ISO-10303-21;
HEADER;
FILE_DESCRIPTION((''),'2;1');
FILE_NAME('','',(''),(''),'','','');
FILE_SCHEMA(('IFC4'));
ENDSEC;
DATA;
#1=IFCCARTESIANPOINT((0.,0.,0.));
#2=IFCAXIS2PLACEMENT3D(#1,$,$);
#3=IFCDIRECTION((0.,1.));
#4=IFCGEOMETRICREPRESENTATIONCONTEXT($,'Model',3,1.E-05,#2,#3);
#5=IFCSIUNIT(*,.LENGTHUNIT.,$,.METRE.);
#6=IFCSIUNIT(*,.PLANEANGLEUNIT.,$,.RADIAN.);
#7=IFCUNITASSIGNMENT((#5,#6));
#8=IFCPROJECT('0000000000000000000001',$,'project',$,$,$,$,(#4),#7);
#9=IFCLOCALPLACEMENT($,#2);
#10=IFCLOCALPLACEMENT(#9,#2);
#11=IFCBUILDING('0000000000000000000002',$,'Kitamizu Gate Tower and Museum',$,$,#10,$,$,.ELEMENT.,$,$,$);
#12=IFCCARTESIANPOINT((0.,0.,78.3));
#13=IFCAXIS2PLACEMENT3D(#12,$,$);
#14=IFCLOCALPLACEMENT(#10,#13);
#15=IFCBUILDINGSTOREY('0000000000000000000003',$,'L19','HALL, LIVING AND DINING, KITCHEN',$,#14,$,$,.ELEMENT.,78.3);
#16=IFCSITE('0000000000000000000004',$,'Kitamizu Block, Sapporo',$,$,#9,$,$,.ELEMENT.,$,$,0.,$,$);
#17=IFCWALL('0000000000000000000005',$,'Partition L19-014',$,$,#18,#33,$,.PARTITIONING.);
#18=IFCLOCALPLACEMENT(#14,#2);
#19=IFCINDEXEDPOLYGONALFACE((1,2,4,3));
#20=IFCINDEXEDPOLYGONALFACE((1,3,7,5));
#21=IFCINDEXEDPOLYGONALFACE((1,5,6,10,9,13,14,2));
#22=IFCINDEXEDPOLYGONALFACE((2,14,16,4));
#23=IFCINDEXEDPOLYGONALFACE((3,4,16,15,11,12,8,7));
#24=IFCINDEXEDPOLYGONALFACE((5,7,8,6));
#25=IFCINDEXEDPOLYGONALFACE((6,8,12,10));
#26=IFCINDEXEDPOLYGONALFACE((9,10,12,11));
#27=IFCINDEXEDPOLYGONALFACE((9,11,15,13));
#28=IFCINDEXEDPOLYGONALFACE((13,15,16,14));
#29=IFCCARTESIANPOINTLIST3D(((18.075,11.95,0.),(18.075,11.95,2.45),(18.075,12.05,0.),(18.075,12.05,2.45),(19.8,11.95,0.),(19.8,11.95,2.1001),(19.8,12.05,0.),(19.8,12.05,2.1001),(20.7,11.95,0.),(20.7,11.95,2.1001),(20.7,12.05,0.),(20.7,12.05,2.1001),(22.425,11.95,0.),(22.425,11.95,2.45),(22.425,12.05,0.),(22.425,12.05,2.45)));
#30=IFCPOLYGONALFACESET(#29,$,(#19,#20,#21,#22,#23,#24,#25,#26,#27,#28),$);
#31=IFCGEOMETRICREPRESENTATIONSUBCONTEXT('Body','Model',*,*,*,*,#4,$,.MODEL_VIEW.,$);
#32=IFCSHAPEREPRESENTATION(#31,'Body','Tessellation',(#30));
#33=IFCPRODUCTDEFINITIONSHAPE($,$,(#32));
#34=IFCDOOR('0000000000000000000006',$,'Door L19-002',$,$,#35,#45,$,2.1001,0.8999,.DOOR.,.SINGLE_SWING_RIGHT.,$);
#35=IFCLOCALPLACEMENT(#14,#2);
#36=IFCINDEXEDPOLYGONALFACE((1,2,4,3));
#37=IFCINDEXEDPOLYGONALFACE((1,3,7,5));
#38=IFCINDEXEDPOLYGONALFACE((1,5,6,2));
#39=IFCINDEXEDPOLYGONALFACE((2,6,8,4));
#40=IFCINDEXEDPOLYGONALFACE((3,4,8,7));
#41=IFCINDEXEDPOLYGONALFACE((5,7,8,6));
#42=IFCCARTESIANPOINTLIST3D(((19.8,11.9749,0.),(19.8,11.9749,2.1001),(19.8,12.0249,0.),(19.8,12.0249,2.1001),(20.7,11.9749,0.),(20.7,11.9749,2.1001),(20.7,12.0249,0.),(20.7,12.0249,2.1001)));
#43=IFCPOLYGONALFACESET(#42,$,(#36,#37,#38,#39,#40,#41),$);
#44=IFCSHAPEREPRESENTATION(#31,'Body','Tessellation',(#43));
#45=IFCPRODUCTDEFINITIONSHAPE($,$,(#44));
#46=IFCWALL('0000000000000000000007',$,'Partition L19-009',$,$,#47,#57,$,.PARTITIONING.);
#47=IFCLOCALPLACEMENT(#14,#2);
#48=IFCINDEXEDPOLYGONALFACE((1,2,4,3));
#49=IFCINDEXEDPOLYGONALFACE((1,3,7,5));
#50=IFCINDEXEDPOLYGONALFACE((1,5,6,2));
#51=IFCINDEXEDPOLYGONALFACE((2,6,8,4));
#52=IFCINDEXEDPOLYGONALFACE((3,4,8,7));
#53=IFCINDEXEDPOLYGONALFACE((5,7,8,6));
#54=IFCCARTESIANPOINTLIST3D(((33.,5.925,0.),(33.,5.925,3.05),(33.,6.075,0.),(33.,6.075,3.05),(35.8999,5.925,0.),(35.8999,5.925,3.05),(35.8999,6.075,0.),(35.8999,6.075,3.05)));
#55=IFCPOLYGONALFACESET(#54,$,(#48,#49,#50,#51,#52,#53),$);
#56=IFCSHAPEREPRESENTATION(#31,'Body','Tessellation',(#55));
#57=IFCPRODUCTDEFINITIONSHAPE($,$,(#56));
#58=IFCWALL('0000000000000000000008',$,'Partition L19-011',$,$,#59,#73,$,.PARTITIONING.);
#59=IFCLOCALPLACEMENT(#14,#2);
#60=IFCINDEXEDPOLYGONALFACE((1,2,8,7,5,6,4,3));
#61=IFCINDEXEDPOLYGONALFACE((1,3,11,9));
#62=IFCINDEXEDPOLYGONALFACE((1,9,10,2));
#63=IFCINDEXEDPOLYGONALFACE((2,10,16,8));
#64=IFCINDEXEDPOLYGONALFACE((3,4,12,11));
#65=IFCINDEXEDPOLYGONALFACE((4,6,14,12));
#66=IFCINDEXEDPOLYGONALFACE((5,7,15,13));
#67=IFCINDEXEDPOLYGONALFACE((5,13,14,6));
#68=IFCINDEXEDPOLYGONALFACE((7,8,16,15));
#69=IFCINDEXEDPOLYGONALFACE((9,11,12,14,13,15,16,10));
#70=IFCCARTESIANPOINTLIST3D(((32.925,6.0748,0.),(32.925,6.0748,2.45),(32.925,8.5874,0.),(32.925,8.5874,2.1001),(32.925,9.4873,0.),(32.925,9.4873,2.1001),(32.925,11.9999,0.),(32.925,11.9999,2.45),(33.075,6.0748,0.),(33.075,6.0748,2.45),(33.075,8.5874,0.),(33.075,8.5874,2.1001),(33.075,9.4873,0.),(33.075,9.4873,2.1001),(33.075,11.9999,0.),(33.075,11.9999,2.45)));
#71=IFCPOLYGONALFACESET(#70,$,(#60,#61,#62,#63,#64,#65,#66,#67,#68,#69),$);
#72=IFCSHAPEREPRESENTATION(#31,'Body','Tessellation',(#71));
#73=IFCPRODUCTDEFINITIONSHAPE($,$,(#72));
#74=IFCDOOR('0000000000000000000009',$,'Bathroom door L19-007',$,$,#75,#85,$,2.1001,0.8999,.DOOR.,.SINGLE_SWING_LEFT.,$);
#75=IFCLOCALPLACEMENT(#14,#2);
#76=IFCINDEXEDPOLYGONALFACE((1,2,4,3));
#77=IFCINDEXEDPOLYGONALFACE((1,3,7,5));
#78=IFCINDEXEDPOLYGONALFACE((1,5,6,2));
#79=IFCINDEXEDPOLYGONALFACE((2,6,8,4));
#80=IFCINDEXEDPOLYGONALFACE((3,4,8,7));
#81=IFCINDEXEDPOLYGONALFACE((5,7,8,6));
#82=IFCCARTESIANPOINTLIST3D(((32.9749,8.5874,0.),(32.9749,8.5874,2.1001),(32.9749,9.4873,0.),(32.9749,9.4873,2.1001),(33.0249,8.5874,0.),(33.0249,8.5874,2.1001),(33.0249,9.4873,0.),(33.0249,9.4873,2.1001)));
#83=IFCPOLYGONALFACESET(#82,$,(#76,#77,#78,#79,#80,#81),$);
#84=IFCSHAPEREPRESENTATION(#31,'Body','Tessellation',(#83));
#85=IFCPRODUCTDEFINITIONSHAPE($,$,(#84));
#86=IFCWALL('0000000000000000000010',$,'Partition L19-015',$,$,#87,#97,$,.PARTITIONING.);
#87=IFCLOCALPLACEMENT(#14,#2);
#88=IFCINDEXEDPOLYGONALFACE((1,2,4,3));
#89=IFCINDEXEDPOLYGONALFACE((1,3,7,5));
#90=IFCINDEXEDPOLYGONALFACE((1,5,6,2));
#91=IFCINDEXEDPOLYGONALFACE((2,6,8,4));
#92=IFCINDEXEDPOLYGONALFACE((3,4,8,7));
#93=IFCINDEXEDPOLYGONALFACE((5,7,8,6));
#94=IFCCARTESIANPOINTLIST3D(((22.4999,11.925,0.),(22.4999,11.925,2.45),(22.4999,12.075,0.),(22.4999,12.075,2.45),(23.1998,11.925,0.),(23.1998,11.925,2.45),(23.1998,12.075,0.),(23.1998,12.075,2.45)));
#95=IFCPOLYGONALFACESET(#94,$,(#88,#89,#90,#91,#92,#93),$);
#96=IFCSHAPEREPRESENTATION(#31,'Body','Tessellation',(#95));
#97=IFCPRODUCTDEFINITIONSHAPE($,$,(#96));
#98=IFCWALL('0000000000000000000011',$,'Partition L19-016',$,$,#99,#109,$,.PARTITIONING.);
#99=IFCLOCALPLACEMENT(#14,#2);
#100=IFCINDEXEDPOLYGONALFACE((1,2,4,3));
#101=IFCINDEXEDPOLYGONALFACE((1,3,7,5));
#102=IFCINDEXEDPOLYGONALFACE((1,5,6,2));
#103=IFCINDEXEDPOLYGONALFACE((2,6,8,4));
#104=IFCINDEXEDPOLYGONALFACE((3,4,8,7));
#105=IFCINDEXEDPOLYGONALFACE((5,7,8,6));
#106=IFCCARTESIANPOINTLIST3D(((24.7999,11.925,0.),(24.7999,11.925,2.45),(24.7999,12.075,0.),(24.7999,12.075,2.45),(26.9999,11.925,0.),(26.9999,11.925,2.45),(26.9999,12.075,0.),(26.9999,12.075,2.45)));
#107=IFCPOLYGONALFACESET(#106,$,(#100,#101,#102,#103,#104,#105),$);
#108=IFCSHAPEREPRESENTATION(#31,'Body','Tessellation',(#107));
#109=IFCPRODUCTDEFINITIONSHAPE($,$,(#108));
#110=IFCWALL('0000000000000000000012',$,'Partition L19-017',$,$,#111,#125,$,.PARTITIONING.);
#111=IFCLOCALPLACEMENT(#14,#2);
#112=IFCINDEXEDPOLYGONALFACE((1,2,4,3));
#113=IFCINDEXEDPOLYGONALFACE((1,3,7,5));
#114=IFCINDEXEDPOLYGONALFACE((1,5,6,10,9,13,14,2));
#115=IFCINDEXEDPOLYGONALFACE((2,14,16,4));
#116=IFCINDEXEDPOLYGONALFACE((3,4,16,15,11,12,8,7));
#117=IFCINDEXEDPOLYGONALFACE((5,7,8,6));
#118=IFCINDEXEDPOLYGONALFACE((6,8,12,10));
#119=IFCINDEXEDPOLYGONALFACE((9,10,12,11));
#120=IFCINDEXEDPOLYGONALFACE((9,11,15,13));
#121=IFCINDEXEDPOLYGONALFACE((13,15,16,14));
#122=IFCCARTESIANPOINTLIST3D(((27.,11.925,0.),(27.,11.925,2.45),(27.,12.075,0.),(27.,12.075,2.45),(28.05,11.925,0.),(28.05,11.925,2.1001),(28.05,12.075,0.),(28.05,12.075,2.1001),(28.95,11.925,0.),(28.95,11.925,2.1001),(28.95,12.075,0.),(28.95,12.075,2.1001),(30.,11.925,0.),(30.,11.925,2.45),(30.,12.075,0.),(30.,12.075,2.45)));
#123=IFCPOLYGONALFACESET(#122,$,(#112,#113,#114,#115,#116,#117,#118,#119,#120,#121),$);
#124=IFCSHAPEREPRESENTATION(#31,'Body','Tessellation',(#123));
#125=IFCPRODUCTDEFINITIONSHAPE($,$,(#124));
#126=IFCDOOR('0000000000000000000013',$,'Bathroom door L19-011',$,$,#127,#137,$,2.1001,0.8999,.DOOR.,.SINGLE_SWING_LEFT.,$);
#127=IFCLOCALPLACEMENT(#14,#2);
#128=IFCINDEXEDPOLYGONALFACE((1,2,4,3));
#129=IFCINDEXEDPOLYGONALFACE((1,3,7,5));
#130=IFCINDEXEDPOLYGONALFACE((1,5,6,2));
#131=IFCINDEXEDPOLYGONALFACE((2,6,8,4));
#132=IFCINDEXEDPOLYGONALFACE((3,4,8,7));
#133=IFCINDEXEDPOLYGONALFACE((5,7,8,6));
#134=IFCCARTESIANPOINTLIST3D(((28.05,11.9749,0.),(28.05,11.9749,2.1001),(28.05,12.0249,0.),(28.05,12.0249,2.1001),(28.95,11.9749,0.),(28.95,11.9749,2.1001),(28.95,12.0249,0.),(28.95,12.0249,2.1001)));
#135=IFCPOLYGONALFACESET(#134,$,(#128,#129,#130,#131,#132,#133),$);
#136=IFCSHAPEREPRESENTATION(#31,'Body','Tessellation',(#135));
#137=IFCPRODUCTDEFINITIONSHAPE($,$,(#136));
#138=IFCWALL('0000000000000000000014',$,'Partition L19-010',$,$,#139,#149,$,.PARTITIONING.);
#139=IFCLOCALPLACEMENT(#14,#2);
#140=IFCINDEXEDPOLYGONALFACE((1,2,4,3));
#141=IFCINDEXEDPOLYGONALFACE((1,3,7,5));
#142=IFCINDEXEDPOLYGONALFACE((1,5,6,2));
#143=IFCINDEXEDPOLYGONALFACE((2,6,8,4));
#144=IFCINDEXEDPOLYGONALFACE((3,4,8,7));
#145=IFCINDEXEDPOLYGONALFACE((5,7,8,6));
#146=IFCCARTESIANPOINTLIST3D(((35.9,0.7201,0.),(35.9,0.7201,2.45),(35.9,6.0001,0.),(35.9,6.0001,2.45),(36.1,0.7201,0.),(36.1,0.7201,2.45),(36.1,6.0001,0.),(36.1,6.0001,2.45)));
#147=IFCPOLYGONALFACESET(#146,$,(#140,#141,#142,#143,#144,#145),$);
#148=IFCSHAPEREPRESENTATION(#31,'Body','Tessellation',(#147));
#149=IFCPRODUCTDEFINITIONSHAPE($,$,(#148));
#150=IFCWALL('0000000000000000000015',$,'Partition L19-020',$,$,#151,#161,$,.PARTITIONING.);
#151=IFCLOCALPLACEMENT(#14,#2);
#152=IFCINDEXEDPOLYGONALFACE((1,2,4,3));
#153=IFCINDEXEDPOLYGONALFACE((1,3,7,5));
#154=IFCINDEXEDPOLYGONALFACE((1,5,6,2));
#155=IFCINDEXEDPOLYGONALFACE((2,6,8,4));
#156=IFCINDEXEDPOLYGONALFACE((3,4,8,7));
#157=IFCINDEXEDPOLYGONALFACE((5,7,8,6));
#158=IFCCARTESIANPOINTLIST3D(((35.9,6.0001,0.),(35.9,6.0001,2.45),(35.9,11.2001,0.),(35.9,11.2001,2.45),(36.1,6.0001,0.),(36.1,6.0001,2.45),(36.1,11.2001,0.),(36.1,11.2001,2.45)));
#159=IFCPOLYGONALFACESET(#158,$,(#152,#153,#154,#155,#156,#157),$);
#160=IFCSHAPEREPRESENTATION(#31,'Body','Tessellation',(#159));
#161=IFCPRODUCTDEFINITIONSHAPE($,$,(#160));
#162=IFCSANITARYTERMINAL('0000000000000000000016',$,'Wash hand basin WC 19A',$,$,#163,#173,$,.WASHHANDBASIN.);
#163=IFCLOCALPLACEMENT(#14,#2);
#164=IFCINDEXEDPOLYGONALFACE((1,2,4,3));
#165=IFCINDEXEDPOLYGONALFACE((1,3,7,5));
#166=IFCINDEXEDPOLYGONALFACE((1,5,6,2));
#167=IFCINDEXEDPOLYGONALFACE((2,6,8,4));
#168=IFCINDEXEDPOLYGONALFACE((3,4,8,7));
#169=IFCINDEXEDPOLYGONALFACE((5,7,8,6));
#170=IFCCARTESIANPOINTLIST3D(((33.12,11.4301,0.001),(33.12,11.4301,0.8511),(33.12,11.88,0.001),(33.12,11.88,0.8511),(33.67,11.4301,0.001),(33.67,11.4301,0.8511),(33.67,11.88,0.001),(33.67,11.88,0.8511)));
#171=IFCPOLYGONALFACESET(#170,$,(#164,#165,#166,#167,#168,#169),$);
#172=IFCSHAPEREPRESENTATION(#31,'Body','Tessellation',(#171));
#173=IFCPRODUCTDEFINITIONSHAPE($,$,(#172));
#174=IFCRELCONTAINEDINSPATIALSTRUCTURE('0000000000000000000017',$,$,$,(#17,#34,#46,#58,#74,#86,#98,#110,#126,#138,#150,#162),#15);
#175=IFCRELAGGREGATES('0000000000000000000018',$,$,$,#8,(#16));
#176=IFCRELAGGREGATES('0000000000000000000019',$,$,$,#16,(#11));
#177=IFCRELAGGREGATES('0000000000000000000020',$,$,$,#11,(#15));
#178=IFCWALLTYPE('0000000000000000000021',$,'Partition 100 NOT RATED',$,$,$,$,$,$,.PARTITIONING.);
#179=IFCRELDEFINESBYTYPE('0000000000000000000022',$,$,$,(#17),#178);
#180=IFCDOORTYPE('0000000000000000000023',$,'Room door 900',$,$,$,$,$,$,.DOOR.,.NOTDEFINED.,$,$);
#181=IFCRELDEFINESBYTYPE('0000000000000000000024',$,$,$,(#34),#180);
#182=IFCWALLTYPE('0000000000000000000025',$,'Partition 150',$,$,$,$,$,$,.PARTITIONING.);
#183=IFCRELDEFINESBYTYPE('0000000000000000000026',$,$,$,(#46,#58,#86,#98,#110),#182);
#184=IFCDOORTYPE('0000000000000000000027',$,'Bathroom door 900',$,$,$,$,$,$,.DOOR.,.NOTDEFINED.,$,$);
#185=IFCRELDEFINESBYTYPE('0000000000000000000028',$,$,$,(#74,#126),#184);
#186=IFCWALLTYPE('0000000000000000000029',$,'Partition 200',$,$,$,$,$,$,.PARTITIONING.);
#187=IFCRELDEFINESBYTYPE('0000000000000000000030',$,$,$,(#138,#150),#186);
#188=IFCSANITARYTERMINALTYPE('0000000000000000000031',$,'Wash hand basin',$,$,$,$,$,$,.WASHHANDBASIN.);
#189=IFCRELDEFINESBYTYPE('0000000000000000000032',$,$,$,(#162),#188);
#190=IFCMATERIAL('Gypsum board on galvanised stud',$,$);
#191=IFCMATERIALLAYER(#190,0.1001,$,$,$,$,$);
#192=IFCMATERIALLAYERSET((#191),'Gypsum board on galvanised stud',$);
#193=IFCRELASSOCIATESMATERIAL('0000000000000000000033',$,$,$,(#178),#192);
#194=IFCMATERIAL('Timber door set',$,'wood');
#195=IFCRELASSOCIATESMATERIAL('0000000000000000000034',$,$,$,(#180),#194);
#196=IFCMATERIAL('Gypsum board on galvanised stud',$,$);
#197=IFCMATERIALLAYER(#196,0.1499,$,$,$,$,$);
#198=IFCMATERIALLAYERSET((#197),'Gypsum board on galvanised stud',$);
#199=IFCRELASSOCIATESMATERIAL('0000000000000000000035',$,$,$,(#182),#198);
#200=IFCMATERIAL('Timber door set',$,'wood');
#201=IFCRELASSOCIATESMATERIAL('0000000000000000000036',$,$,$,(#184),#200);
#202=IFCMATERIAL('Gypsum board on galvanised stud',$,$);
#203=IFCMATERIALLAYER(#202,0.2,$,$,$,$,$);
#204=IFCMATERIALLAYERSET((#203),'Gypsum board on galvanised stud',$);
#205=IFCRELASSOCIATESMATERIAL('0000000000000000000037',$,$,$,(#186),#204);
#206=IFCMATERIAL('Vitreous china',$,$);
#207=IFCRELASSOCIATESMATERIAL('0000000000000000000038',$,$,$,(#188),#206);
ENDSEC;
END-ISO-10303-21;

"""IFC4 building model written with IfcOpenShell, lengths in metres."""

from ifc_helpers import new_model, si_unit, direction, frame, frame_2d, origin, origin_2d, place, context, subcontext, project, spatial, rectangle, extrude, material, layer, layer_set, type_object, element, fill, save


model = new_model("IFC4")

# Units and contexts
model_context = context("Model", 3, precision=1e-05, world=origin(), true_north=direction((0.0, 1.0)))
body_context = subcontext(model_context, "Body", "Model", "MODEL_VIEW")
ifc_project = project(units=[si_unit("LENGTHUNIT", "METRE"), si_unit("PLANEANGLEUNIT", "RADIAN")], contexts=[model_context])

# Site, building, storey
site_placement = place(None, origin())
site = spatial("IfcSite", under=ifc_project, at=site_placement, Name="Kitamizu Block, Sapporo", CompositionType="ELEMENT", RefElevation=0.0)
building_placement = place(site_placement, origin())
building = spatial("IfcBuilding", under=site, at=building_placement, Name="Kitamizu Gate Tower and Museum", CompositionType="ELEMENT")
storey_placement = place(building_placement, frame((0.0, 0.0, 78.3)))
storey = spatial("IfcBuildingStorey", under=building, at=storey_placement, Name="L19", Description="HALL, LIVING AND DINING, KITCHEN", CompositionType="ELEMENT", Elevation=78.3)

# Shared definitions
ifc_material_1 = material(Name="Gypsum board on galvanised stud")
ifc_layer_1 = layer(ifc_material_1, 0.1001)
ifc_layer_set_1 = layer_set([ifc_layer_1], Name="Gypsum board on galvanised stud")
wall_type_1 = type_object("IfcWallType", Name="Partition 100 NOT RATED", PredefinedType="PARTITIONING", material=ifc_layer_set_1)
ifc_material_2 = material(Name="Timber door set", Category="wood")
door_type_1 = type_object("IfcDoorType", Name="Room door 900", OperationType="NOTDEFINED", PredefinedType="DOOR", material=ifc_material_2)

# Wall, opening, door
wall_1_placement = place(storey_placement, frame((22.425, 12.0, 0.0), z_axis=(0.0, 0.0, 1.0), x_axis=(-1.0, 0.0, 0.0)))
wall_1 = element("IfcWall", 1, at=wall_1_placement, inside=storey, type_object=wall_type_1, Name="Partition L19-014", PredefinedType="PARTITIONING", context=body_context, shape_type="SweptSolid", body=[
    extrude(rectangle(XDim=4.3501, YDim=0.1001, at=frame_2d((2.175, 0.0))), origin(), (0.0, 0.0, 1.0), 2.45),
])
opening_1_placement = place(wall_1_placement, frame((1.7251, 0.0, 0.0)))
opening_1 = element("IfcOpeningElement", 2, at=opening_1_placement, cuts=wall_1, PredefinedType="OPENING", context=body_context, shape_type="SweptSolid", body=[
    extrude(rectangle(XDim=0.8999, YDim=2.1001, at=frame_2d((0.45, 1.05))), frame((0.0, 0.0601, 0.0), z_axis=(0.0, -1.0, 0.0), x_axis=(1.0, 0.0, 0.0)), (0.0, 0.0, 1.0), 0.1201),
])
door_1_placement = place(opening_1_placement, frame((0.8999, 0.0, 0.0), x_axis=(-1.0, 0.0, 0.0)))
door_1 = element("IfcDoor", 3, at=door_1_placement, inside=storey, type_object=door_type_1, Name="Door L19-002", OperationType="SINGLE_SWING_RIGHT", OverallHeight=2.1001, OverallWidth=0.8999, PredefinedType="DOOR", context=body_context, shape_type="SweptSolid", body=[
    extrude(rectangle(XDim=0.8999, YDim=2.1001, at=frame_2d((0.45, 1.05))), frame((0.0, 0.0249, 0.0), z_axis=(0.0, -1.0, 0.0), x_axis=(1.0, 0.0, 0.0)), (0.0, 0.0, 1.0), 0.05),
])
fill(opening_1, door_1)

# Wall
ifc_material_3 = material(Name="Gypsum board on galvanised stud")
ifc_layer_2 = layer(ifc_material_3, 0.1499)
ifc_layer_set_2 = layer_set([ifc_layer_2], Name="Gypsum board on galvanised stud")
wall_type_2 = type_object("IfcWallType", Name="Partition 150", PredefinedType="PARTITIONING", material=ifc_layer_set_2)
wall_2_placement = place(storey_placement, frame((35.8999, 6.0, 0.0), z_axis=(0.0, 0.0, 1.0), x_axis=(-1.0, 0.0, 0.0)))
element("IfcWall", 4, at=wall_2_placement, inside=storey, type_object=wall_type_2, Name="Partition L19-009", PredefinedType="PARTITIONING", context=body_context, shape_type="SweptSolid", body=[
    extrude(rectangle(XDim=2.8999, YDim=0.1499, at=frame_2d((1.45, 0.0))), origin(), (0.0, 0.0, 1.0), 3.05),
])

# Wall, opening, door
wall_3_placement = place(storey_placement, frame((33.0, 6.075, 0.0), z_axis=(0.0, 0.0, 1.0), x_axis=(0.0, 1.0, 0.0)))
wall_3 = element("IfcWall", 5, at=wall_3_placement, inside=storey, type_object=wall_type_2, Name="Partition L19-011", PredefinedType="PARTITIONING", context=body_context, shape_type="SweptSolid", body=[
    extrude(rectangle(XDim=5.925, YDim=0.1499, at=frame_2d((2.9624, 0.0))), origin(), (0.0, 0.0, 1.0), 2.45),
])
opening_2_placement = place(wall_3_placement, frame((2.5125, 0.0, 0.0)))
opening_2 = element("IfcOpeningElement", 6, at=opening_2_placement, cuts=wall_3, PredefinedType="OPENING", context=body_context, shape_type="SweptSolid", body=[
    extrude(rectangle(XDim=0.8999, YDim=2.1001, at=frame_2d((0.45, 1.05))), frame((0.0, 0.085, 0.0), z_axis=(0.0, -1.0, 0.0), x_axis=(1.0, 0.0, 0.0)), (0.0, 0.0, 1.0), 0.1699),
])
ifc_material_4 = material(Name="Timber door set", Category="wood")
door_type_2 = type_object("IfcDoorType", Name="Bathroom door 900", OperationType="NOTDEFINED", PredefinedType="DOOR", material=ifc_material_4)
door_2_placement = place(opening_2_placement, frame((0.8999, 0.0, 0.0), x_axis=(-1.0, 0.0, 0.0)))
door_2 = element("IfcDoor", 7, at=door_2_placement, inside=storey, type_object=door_type_2, Name="Bathroom door L19-007", OperationType="SINGLE_SWING_LEFT", OverallHeight=2.1001, OverallWidth=0.8999, PredefinedType="DOOR", context=body_context, shape_type="SweptSolid", body=[
    extrude(rectangle(XDim=0.8999, YDim=2.1001, at=frame_2d((0.45, 1.05))), frame((0.0, 0.0249, 0.0), z_axis=(0.0, -1.0, 0.0), x_axis=(1.0, 0.0, 0.0)), (0.0, 0.0, 1.0), 0.05),
])
fill(opening_2, door_2)

# Walls
wall_4_placement = place(storey_placement, frame((23.2, 12.0, 0.0), z_axis=(0.0, 0.0, 1.0), x_axis=(-1.0, 0.0, 0.0)))
element("IfcWall", 8, at=wall_4_placement, inside=storey, type_object=wall_type_2, Name="Partition L19-015", PredefinedType="PARTITIONING", context=body_context, shape_type="SweptSolid", body=[
    extrude(rectangle(XDim=0.7, YDim=0.1499, at=frame_2d((0.3501, 0.0))), origin(), (0.0, 0.0, 1.0), 2.45),
])
wall_5_placement = place(storey_placement, frame((27.0, 12.0, 0.0), z_axis=(0.0, 0.0, 1.0), x_axis=(-1.0, 0.0, 0.0)))
element("IfcWall", 9, at=wall_5_placement, inside=storey, type_object=wall_type_2, Name="Partition L19-016", PredefinedType="PARTITIONING", context=body_context, shape_type="SweptSolid", body=[
    extrude(rectangle(XDim=2.2, YDim=0.1499, at=frame_2d((1.1001, 0.0))), origin(), (0.0, 0.0, 1.0), 2.45),
])

# Wall, opening, door
wall_6_placement = place(storey_placement, frame((30.0, 12.0, 0.0), z_axis=(0.0, 0.0, 1.0), x_axis=(-1.0, 0.0, 0.0)))
wall_6 = element("IfcWall", 10, at=wall_6_placement, inside=storey, type_object=wall_type_2, Name="Partition L19-017", PredefinedType="PARTITIONING", context=body_context, shape_type="SweptSolid", body=[
    extrude(rectangle(XDim=3.0, YDim=0.1499, at=frame_2d((1.5, 0.0))), origin(), (0.0, 0.0, 1.0), 2.45),
])
opening_3_placement = place(wall_6_placement, frame((1.05, 0.0, 0.0)))
opening_3 = element("IfcOpeningElement", 11, at=opening_3_placement, cuts=wall_6, PredefinedType="OPENING", context=body_context, shape_type="SweptSolid", body=[
    extrude(rectangle(XDim=0.8999, YDim=2.1001, at=frame_2d((0.45, 1.05))), frame((0.0, 0.085, 0.0), z_axis=(0.0, -1.0, 0.0), x_axis=(1.0, 0.0, 0.0)), (0.0, 0.0, 1.0), 0.1699),
])
door_3_placement = place(opening_3_placement, frame((0.8999, 0.0, 0.0), x_axis=(-1.0, 0.0, 0.0)))
door_3 = element("IfcDoor", 12, at=door_3_placement, inside=storey, type_object=door_type_2, Name="Bathroom door L19-011", OperationType="SINGLE_SWING_LEFT", OverallHeight=2.1001, OverallWidth=0.8999, PredefinedType="DOOR", context=body_context, shape_type="SweptSolid", body=[
    extrude(rectangle(XDim=0.8999, YDim=2.1001, at=frame_2d((0.45, 1.05))), frame((0.0, 0.0249, 0.0), z_axis=(0.0, -1.0, 0.0), x_axis=(1.0, 0.0, 0.0)), (0.0, 0.0, 1.0), 0.05),
])
fill(opening_3, door_3)

# Walls
ifc_material_5 = material(Name="Gypsum board on galvanised stud")
ifc_layer_3 = layer(ifc_material_5, 0.2)
ifc_layer_set_3 = layer_set([ifc_layer_3], Name="Gypsum board on galvanised stud")
wall_type_3 = type_object("IfcWallType", Name="Partition 200", PredefinedType="PARTITIONING", material=ifc_layer_set_3)
wall_7_placement = place(storey_placement, frame((36.0, 0.72, 0.0), z_axis=(0.0, 0.0, 1.0), x_axis=(0.0, 1.0, 0.0)))
element("IfcWall", 13, at=wall_7_placement, inside=storey, type_object=wall_type_3, Name="Partition L19-010", PredefinedType="PARTITIONING", context=body_context, shape_type="SweptSolid", body=[
    extrude(rectangle(XDim=5.28, YDim=0.2, at=frame_2d((2.6401, 0.0))), origin(), (0.0, 0.0, 1.0), 2.45),
])
wall_8_placement = place(storey_placement, frame((36.0, 6.0, 0.0), z_axis=(0.0, 0.0, 1.0), x_axis=(0.0, 1.0, 0.0)))
element("IfcWall", 14, at=wall_8_placement, inside=storey, type_object=wall_type_3, Name="Partition L19-020", PredefinedType="PARTITIONING", context=body_context, shape_type="SweptSolid", body=[
    extrude(rectangle(XDim=5.2, YDim=0.2, at=frame_2d((2.6001, 0.0))), origin(), (0.0, 0.0, 1.0), 2.45),
])

# Sanitary terminal
ifc_material_6 = material(Name="Vitreous china")
sanitary_terminal_type_1 = type_object("IfcSanitaryTerminalType", Name="Wash hand basin", PredefinedType="WASHHANDBASIN", material=ifc_material_6)
sanitary_terminal_1_placement = place(storey_placement, frame((33.395, 11.655, 0.001), z_axis=(0.0, 0.0, 1.0), x_axis=(1.0, 0.0, 0.0)))
element("IfcSanitaryTerminal", 15, at=sanitary_terminal_1_placement, inside=storey, type_object=sanitary_terminal_type_1, Name="Wash hand basin WC 19A", PredefinedType="WASHHANDBASIN", context=body_context, shape_type="SweptSolid", body=[
    extrude(rectangle(XDim=0.55, YDim=0.45, at=origin_2d()), origin(), (0.0, 0.0, 1.0), 0.8501),
])

save(model, "model.ifc")
